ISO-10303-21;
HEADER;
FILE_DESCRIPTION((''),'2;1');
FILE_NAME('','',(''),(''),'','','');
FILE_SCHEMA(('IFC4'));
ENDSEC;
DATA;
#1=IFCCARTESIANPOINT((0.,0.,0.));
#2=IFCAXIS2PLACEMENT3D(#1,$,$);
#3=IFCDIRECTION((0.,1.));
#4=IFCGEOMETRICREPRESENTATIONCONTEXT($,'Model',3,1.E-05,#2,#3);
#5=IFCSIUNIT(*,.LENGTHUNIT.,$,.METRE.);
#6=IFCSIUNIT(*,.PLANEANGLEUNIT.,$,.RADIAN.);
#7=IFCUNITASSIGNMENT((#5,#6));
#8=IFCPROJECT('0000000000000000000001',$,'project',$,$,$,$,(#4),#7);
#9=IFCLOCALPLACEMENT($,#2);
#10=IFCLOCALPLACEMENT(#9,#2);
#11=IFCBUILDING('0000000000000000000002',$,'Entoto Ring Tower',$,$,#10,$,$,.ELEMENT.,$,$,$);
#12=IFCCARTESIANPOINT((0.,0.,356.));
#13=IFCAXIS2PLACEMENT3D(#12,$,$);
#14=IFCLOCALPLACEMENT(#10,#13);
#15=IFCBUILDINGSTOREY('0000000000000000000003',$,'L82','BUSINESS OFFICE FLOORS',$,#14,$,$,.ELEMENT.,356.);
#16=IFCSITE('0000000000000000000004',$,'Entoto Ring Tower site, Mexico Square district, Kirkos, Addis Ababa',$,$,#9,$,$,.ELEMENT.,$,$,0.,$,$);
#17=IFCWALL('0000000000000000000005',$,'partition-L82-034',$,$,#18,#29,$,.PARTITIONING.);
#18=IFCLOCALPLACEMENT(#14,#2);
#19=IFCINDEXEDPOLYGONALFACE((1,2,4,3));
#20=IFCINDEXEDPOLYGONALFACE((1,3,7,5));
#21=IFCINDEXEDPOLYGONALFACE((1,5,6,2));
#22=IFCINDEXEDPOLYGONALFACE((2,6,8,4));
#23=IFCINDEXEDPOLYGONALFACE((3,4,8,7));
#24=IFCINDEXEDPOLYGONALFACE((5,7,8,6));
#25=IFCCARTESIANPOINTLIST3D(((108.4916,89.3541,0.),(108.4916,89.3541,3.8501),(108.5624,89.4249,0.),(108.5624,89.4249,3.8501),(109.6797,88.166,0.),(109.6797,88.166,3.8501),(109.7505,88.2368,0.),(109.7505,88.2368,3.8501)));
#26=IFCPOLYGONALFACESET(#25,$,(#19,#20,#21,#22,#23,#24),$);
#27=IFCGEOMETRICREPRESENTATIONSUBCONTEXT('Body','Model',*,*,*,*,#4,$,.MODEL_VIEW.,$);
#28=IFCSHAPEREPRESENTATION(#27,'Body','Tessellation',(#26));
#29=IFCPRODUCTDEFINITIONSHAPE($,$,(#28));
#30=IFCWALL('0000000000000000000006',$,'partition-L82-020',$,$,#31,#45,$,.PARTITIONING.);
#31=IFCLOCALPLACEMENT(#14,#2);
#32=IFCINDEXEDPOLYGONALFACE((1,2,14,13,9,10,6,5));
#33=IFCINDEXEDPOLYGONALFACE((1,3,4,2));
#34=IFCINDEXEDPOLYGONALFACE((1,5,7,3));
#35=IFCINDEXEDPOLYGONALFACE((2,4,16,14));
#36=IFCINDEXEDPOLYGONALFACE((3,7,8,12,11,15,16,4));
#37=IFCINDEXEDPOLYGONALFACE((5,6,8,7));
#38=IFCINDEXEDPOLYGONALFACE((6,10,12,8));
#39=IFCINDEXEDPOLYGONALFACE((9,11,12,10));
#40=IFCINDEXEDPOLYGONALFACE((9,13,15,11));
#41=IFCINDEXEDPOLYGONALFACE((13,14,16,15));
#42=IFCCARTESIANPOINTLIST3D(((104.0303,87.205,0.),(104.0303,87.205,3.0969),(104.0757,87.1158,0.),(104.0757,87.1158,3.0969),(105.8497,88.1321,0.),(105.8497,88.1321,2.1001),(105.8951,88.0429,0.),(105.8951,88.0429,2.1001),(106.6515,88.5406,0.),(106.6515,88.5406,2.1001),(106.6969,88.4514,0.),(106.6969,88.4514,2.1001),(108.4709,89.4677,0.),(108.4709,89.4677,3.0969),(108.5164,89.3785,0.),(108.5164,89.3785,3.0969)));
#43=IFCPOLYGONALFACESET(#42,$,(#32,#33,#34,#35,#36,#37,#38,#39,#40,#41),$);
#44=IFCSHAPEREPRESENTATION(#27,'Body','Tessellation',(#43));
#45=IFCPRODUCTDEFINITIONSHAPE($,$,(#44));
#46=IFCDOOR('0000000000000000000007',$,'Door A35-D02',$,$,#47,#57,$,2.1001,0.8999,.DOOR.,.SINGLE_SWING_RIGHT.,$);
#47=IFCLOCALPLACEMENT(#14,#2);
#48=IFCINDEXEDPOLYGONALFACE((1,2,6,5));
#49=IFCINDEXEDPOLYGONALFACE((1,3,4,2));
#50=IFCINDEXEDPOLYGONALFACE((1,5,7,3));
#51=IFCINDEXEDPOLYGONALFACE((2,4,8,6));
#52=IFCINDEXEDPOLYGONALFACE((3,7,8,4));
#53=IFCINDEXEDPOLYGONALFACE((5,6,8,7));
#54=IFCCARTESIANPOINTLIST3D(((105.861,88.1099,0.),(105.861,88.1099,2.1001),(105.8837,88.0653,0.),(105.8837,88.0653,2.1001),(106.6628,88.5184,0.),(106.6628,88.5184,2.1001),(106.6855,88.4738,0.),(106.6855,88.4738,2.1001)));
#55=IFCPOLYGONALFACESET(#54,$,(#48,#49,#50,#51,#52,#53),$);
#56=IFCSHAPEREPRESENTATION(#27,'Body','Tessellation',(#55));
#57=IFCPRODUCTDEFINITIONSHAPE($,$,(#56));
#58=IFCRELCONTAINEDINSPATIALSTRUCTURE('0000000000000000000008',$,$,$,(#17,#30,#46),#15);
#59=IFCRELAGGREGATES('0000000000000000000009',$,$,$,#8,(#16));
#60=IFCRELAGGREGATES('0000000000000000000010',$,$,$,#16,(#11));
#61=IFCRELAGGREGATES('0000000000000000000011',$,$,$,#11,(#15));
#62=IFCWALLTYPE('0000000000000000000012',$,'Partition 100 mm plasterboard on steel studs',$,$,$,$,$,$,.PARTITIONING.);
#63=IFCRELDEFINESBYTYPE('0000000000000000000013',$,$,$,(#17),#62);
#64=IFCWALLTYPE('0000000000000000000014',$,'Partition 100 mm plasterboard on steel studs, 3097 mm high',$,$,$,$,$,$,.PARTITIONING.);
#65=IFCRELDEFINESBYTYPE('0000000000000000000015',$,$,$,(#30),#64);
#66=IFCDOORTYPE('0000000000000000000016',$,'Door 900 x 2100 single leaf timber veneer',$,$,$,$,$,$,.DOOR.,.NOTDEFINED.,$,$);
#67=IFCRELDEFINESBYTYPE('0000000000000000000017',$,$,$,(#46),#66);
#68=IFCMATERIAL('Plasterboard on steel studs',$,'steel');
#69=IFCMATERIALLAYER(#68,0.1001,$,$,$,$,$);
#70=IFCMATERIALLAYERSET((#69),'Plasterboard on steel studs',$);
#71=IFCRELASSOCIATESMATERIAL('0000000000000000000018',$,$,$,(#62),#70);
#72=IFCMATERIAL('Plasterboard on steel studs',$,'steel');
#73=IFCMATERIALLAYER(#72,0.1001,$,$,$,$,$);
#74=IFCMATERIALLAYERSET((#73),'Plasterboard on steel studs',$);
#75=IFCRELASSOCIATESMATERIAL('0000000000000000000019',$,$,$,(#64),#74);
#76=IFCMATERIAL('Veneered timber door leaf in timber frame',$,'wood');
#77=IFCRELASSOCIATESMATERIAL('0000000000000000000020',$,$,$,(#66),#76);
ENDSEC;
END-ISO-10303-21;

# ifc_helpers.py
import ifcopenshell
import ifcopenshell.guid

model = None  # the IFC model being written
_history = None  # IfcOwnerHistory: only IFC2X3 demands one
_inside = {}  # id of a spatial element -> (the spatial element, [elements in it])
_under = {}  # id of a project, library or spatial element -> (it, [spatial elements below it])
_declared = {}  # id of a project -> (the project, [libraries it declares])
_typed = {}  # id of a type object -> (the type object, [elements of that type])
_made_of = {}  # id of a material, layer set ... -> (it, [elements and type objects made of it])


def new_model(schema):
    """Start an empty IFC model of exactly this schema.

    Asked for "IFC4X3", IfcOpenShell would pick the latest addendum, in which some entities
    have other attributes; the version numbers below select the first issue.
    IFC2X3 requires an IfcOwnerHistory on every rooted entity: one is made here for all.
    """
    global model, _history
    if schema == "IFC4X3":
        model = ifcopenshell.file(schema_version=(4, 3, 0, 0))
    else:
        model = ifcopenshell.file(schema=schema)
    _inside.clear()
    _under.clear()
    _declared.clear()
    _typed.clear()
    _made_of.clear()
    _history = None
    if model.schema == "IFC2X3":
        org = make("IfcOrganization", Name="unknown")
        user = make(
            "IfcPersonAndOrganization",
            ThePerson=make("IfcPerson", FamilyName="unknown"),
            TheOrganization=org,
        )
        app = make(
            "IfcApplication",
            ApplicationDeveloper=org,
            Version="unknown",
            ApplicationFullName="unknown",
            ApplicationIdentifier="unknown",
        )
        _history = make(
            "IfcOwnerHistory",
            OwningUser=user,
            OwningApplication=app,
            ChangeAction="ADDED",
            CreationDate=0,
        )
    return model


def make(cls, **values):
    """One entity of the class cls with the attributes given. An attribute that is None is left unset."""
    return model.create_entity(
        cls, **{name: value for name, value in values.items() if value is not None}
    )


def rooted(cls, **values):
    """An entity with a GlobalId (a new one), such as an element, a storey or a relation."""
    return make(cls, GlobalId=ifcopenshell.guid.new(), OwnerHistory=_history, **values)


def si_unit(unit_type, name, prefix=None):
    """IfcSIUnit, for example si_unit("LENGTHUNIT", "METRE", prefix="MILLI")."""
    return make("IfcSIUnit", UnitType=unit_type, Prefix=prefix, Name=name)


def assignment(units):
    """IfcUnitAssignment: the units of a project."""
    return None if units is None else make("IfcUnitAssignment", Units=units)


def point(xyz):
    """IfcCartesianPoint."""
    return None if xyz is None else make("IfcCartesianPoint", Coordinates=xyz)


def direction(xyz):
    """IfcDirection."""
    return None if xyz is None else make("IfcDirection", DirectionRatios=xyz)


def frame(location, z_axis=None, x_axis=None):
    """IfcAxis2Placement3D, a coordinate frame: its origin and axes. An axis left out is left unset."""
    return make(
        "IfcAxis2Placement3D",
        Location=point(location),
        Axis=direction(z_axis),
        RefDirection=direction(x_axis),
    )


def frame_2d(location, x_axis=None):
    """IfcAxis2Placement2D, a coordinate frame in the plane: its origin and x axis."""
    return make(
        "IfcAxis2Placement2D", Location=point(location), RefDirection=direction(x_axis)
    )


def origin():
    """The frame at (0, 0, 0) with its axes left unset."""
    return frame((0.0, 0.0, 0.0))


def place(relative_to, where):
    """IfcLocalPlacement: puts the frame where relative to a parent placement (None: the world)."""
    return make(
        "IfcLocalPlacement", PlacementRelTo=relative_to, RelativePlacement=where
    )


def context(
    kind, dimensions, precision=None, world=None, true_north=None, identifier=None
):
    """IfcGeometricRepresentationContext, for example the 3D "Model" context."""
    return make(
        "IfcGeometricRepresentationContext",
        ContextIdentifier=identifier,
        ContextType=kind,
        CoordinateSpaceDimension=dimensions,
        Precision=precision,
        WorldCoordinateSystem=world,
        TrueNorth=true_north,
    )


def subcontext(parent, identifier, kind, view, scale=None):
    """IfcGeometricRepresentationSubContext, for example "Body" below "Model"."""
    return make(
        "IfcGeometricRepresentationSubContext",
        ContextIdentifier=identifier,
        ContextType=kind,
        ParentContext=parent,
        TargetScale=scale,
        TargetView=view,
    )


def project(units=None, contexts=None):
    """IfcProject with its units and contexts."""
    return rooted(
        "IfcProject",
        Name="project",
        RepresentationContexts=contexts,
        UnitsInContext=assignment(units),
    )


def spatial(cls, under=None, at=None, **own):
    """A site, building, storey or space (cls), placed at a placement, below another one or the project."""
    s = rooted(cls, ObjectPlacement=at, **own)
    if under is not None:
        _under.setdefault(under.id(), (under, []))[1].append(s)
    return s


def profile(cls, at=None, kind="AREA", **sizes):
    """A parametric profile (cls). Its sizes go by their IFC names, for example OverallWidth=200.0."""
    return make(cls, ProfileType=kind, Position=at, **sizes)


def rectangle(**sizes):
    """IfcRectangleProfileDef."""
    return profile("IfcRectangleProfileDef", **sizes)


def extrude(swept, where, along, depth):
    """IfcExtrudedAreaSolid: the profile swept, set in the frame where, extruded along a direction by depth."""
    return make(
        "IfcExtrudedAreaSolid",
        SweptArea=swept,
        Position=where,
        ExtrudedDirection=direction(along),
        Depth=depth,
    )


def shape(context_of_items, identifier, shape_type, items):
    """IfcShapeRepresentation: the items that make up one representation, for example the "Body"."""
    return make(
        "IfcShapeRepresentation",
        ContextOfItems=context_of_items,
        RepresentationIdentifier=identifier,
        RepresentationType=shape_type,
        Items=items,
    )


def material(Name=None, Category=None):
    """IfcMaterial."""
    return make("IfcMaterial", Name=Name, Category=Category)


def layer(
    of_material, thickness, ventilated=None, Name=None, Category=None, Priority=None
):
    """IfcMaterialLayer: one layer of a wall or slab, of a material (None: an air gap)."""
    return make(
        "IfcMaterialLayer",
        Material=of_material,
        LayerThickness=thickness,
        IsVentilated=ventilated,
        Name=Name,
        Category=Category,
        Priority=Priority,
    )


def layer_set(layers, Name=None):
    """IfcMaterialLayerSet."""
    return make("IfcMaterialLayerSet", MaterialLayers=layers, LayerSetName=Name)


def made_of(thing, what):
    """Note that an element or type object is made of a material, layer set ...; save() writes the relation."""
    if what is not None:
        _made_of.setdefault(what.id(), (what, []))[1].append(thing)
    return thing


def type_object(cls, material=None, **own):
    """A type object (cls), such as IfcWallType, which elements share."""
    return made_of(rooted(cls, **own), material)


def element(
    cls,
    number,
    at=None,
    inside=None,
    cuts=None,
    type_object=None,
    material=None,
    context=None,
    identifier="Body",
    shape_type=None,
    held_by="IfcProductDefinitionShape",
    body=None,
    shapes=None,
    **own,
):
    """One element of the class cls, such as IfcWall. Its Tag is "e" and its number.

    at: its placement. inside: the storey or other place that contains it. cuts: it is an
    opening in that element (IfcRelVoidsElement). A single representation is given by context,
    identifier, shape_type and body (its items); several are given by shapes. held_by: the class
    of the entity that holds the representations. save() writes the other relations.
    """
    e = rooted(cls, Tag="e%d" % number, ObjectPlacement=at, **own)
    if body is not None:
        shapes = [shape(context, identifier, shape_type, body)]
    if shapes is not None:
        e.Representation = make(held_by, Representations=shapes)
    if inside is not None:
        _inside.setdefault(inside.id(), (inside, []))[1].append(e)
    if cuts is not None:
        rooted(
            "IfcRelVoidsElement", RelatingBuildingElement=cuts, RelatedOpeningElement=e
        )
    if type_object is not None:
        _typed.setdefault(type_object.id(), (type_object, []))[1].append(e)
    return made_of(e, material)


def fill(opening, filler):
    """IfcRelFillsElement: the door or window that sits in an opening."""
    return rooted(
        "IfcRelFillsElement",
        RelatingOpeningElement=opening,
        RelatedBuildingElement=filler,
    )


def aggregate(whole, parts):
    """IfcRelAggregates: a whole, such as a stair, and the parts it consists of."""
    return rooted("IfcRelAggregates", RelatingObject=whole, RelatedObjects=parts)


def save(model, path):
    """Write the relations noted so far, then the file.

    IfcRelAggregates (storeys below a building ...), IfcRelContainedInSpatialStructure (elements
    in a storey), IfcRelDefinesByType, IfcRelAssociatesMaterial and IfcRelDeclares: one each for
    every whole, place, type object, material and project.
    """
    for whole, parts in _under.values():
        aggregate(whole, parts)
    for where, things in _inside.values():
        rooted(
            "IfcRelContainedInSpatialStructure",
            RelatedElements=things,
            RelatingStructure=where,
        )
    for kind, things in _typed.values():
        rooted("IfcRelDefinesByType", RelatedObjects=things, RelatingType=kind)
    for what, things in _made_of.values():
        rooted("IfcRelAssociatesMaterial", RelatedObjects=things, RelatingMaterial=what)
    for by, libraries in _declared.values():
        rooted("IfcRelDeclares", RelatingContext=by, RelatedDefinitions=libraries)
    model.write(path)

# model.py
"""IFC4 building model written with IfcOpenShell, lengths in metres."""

from ifc_helpers import new_model, si_unit, direction, frame, frame_2d, origin, place, context, subcontext, project, spatial, rectangle, extrude, material, layer, layer_set, type_object, element, fill, save


model = new_model("IFC4")

# Units and contexts
model_context = context("Model", 3, precision=1e-05, world=origin(), true_north=direction((0.0, 1.0)))
body_context = subcontext(model_context, "Body", "Model", "MODEL_VIEW")
ifc_project = project(units=[si_unit("LENGTHUNIT", "METRE"), si_unit("PLANEANGLEUNIT", "RADIAN")], contexts=[model_context])

# Site, building, storey
site_placement = place(None, origin())
site = spatial("IfcSite", under=ifc_project, at=site_placement, Name="Entoto Ring Tower site, Mexico Square district, Kirkos, Addis Ababa", CompositionType="ELEMENT", RefElevation=0.0)
building_placement = place(site_placement, origin())
building = spatial("IfcBuilding", under=site, at=building_placement, Name="Entoto Ring Tower", CompositionType="ELEMENT")
storey_placement = place(building_placement, frame((0.0, 0.0, 356.0)))
storey = spatial("IfcBuildingStorey", under=building, at=storey_placement, Name="L82", Description="BUSINESS OFFICE FLOORS", CompositionType="ELEMENT", Elevation=356.0)

# Wall
ifc_material_1 = material(Name="Plasterboard on steel studs", Category="steel")
ifc_layer_1 = layer(ifc_material_1, 0.1001)
ifc_layer_set_1 = layer_set([ifc_layer_1], Name="Plasterboard on steel studs")
wall_type_1 = type_object("IfcWallType", Name="Partition 100 mm plasterboard on steel studs", PredefinedType="PARTITIONING", material=ifc_layer_set_1)
wall_1_placement = place(storey_placement, frame((109.7151, 88.2014, 0.0), z_axis=(0.0, 0.0, 1.0), x_axis=(-0.707107, 0.707107, 0.0)))
element("IfcWall", 1, at=wall_1_placement, inside=storey, type_object=wall_type_1, Name="partition-L82-034", PredefinedType="PARTITIONING", context=body_context, shape_type="SweptSolid", body=[
    extrude(rectangle(XDim=1.6802, YDim=0.1001, at=frame_2d((0.8401, 0.0))), origin(), (0.0, 0.0, 1.0), 3.8501),
])

# Wall, opening, door
ifc_material_2 = material(Name="Plasterboard on steel studs", Category="steel")
ifc_layer_2 = layer(ifc_material_2, 0.1001)
ifc_layer_set_2 = layer_set([ifc_layer_2], Name="Plasterboard on steel studs")
wall_type_2 = type_object("IfcWallType", Name="Partition 100 mm plasterboard on steel studs, 3097 mm high", PredefinedType="PARTITIONING", material=ifc_layer_set_2)
wall_2_placement = place(storey_placement, frame((104.053, 87.1604, 0.0), z_axis=(0.0, 0.0, 1.0), x_axis=(0.891002, 0.454, 0.0)))
wall_2 = element("IfcWall", 2, at=wall_2_placement, inside=storey, type_object=wall_type_2, Name="partition-L82-020", PredefinedType="PARTITIONING", context=body_context, shape_type="SweptSolid", body=[
    extrude(rectangle(XDim=4.9839, YDim=0.1001, at=frame_2d((2.4919, 0.0))), origin(), (0.0, 0.0, 1.0), 3.0969),
])
opening_1_placement = place(wall_2_placement, frame((2.042, 0.0, 0.0)))
opening_1 = element("IfcOpeningElement", 3, at=opening_1_placement, cuts=wall_2, PredefinedType="OPENING", context=body_context, shape_type="SweptSolid", body=[
    extrude(rectangle(XDim=0.8999, YDim=2.1001, at=frame_2d((0.45, 1.05))), frame((0.0, 0.0601, 0.0), z_axis=(0.0, -1.0, 0.0), x_axis=(1.0, 0.0, 0.0)), (0.0, 0.0, 1.0), 0.1201),
])
ifc_material_3 = material(Name="Veneered timber door leaf in timber frame", Category="wood")
door_type_1 = type_object("IfcDoorType", Name="Door 900 x 2100 single leaf timber veneer", OperationType="NOTDEFINED", PredefinedType="DOOR", material=ifc_material_3)
door_1_placement = place(opening_1_placement, frame((0.8999, 0.0, 0.0), z_axis=(0.0, 0.0, 1.0), x_axis=(-1.0, 0.0, 0.0)))
door_1 = element("IfcDoor", 4, at=door_1_placement, inside=storey, type_object=door_type_1, Name="Door A35-D02", OperationType="SINGLE_SWING_RIGHT", OverallHeight=2.1001, OverallWidth=0.8999, PredefinedType="DOOR", context=body_context, shape_type="SweptSolid", body=[
    extrude(rectangle(XDim=0.8999, YDim=2.1001, at=frame_2d((0.45, 1.05))), frame((0.0, 0.0249, 0.0), z_axis=(0.0, -1.0, 0.0), x_axis=(1.0, 0.0, 0.0)), (0.0, 0.0, 1.0), 0.05),
])
fill(opening_1, door_1)

save(model, "model.ifc")
